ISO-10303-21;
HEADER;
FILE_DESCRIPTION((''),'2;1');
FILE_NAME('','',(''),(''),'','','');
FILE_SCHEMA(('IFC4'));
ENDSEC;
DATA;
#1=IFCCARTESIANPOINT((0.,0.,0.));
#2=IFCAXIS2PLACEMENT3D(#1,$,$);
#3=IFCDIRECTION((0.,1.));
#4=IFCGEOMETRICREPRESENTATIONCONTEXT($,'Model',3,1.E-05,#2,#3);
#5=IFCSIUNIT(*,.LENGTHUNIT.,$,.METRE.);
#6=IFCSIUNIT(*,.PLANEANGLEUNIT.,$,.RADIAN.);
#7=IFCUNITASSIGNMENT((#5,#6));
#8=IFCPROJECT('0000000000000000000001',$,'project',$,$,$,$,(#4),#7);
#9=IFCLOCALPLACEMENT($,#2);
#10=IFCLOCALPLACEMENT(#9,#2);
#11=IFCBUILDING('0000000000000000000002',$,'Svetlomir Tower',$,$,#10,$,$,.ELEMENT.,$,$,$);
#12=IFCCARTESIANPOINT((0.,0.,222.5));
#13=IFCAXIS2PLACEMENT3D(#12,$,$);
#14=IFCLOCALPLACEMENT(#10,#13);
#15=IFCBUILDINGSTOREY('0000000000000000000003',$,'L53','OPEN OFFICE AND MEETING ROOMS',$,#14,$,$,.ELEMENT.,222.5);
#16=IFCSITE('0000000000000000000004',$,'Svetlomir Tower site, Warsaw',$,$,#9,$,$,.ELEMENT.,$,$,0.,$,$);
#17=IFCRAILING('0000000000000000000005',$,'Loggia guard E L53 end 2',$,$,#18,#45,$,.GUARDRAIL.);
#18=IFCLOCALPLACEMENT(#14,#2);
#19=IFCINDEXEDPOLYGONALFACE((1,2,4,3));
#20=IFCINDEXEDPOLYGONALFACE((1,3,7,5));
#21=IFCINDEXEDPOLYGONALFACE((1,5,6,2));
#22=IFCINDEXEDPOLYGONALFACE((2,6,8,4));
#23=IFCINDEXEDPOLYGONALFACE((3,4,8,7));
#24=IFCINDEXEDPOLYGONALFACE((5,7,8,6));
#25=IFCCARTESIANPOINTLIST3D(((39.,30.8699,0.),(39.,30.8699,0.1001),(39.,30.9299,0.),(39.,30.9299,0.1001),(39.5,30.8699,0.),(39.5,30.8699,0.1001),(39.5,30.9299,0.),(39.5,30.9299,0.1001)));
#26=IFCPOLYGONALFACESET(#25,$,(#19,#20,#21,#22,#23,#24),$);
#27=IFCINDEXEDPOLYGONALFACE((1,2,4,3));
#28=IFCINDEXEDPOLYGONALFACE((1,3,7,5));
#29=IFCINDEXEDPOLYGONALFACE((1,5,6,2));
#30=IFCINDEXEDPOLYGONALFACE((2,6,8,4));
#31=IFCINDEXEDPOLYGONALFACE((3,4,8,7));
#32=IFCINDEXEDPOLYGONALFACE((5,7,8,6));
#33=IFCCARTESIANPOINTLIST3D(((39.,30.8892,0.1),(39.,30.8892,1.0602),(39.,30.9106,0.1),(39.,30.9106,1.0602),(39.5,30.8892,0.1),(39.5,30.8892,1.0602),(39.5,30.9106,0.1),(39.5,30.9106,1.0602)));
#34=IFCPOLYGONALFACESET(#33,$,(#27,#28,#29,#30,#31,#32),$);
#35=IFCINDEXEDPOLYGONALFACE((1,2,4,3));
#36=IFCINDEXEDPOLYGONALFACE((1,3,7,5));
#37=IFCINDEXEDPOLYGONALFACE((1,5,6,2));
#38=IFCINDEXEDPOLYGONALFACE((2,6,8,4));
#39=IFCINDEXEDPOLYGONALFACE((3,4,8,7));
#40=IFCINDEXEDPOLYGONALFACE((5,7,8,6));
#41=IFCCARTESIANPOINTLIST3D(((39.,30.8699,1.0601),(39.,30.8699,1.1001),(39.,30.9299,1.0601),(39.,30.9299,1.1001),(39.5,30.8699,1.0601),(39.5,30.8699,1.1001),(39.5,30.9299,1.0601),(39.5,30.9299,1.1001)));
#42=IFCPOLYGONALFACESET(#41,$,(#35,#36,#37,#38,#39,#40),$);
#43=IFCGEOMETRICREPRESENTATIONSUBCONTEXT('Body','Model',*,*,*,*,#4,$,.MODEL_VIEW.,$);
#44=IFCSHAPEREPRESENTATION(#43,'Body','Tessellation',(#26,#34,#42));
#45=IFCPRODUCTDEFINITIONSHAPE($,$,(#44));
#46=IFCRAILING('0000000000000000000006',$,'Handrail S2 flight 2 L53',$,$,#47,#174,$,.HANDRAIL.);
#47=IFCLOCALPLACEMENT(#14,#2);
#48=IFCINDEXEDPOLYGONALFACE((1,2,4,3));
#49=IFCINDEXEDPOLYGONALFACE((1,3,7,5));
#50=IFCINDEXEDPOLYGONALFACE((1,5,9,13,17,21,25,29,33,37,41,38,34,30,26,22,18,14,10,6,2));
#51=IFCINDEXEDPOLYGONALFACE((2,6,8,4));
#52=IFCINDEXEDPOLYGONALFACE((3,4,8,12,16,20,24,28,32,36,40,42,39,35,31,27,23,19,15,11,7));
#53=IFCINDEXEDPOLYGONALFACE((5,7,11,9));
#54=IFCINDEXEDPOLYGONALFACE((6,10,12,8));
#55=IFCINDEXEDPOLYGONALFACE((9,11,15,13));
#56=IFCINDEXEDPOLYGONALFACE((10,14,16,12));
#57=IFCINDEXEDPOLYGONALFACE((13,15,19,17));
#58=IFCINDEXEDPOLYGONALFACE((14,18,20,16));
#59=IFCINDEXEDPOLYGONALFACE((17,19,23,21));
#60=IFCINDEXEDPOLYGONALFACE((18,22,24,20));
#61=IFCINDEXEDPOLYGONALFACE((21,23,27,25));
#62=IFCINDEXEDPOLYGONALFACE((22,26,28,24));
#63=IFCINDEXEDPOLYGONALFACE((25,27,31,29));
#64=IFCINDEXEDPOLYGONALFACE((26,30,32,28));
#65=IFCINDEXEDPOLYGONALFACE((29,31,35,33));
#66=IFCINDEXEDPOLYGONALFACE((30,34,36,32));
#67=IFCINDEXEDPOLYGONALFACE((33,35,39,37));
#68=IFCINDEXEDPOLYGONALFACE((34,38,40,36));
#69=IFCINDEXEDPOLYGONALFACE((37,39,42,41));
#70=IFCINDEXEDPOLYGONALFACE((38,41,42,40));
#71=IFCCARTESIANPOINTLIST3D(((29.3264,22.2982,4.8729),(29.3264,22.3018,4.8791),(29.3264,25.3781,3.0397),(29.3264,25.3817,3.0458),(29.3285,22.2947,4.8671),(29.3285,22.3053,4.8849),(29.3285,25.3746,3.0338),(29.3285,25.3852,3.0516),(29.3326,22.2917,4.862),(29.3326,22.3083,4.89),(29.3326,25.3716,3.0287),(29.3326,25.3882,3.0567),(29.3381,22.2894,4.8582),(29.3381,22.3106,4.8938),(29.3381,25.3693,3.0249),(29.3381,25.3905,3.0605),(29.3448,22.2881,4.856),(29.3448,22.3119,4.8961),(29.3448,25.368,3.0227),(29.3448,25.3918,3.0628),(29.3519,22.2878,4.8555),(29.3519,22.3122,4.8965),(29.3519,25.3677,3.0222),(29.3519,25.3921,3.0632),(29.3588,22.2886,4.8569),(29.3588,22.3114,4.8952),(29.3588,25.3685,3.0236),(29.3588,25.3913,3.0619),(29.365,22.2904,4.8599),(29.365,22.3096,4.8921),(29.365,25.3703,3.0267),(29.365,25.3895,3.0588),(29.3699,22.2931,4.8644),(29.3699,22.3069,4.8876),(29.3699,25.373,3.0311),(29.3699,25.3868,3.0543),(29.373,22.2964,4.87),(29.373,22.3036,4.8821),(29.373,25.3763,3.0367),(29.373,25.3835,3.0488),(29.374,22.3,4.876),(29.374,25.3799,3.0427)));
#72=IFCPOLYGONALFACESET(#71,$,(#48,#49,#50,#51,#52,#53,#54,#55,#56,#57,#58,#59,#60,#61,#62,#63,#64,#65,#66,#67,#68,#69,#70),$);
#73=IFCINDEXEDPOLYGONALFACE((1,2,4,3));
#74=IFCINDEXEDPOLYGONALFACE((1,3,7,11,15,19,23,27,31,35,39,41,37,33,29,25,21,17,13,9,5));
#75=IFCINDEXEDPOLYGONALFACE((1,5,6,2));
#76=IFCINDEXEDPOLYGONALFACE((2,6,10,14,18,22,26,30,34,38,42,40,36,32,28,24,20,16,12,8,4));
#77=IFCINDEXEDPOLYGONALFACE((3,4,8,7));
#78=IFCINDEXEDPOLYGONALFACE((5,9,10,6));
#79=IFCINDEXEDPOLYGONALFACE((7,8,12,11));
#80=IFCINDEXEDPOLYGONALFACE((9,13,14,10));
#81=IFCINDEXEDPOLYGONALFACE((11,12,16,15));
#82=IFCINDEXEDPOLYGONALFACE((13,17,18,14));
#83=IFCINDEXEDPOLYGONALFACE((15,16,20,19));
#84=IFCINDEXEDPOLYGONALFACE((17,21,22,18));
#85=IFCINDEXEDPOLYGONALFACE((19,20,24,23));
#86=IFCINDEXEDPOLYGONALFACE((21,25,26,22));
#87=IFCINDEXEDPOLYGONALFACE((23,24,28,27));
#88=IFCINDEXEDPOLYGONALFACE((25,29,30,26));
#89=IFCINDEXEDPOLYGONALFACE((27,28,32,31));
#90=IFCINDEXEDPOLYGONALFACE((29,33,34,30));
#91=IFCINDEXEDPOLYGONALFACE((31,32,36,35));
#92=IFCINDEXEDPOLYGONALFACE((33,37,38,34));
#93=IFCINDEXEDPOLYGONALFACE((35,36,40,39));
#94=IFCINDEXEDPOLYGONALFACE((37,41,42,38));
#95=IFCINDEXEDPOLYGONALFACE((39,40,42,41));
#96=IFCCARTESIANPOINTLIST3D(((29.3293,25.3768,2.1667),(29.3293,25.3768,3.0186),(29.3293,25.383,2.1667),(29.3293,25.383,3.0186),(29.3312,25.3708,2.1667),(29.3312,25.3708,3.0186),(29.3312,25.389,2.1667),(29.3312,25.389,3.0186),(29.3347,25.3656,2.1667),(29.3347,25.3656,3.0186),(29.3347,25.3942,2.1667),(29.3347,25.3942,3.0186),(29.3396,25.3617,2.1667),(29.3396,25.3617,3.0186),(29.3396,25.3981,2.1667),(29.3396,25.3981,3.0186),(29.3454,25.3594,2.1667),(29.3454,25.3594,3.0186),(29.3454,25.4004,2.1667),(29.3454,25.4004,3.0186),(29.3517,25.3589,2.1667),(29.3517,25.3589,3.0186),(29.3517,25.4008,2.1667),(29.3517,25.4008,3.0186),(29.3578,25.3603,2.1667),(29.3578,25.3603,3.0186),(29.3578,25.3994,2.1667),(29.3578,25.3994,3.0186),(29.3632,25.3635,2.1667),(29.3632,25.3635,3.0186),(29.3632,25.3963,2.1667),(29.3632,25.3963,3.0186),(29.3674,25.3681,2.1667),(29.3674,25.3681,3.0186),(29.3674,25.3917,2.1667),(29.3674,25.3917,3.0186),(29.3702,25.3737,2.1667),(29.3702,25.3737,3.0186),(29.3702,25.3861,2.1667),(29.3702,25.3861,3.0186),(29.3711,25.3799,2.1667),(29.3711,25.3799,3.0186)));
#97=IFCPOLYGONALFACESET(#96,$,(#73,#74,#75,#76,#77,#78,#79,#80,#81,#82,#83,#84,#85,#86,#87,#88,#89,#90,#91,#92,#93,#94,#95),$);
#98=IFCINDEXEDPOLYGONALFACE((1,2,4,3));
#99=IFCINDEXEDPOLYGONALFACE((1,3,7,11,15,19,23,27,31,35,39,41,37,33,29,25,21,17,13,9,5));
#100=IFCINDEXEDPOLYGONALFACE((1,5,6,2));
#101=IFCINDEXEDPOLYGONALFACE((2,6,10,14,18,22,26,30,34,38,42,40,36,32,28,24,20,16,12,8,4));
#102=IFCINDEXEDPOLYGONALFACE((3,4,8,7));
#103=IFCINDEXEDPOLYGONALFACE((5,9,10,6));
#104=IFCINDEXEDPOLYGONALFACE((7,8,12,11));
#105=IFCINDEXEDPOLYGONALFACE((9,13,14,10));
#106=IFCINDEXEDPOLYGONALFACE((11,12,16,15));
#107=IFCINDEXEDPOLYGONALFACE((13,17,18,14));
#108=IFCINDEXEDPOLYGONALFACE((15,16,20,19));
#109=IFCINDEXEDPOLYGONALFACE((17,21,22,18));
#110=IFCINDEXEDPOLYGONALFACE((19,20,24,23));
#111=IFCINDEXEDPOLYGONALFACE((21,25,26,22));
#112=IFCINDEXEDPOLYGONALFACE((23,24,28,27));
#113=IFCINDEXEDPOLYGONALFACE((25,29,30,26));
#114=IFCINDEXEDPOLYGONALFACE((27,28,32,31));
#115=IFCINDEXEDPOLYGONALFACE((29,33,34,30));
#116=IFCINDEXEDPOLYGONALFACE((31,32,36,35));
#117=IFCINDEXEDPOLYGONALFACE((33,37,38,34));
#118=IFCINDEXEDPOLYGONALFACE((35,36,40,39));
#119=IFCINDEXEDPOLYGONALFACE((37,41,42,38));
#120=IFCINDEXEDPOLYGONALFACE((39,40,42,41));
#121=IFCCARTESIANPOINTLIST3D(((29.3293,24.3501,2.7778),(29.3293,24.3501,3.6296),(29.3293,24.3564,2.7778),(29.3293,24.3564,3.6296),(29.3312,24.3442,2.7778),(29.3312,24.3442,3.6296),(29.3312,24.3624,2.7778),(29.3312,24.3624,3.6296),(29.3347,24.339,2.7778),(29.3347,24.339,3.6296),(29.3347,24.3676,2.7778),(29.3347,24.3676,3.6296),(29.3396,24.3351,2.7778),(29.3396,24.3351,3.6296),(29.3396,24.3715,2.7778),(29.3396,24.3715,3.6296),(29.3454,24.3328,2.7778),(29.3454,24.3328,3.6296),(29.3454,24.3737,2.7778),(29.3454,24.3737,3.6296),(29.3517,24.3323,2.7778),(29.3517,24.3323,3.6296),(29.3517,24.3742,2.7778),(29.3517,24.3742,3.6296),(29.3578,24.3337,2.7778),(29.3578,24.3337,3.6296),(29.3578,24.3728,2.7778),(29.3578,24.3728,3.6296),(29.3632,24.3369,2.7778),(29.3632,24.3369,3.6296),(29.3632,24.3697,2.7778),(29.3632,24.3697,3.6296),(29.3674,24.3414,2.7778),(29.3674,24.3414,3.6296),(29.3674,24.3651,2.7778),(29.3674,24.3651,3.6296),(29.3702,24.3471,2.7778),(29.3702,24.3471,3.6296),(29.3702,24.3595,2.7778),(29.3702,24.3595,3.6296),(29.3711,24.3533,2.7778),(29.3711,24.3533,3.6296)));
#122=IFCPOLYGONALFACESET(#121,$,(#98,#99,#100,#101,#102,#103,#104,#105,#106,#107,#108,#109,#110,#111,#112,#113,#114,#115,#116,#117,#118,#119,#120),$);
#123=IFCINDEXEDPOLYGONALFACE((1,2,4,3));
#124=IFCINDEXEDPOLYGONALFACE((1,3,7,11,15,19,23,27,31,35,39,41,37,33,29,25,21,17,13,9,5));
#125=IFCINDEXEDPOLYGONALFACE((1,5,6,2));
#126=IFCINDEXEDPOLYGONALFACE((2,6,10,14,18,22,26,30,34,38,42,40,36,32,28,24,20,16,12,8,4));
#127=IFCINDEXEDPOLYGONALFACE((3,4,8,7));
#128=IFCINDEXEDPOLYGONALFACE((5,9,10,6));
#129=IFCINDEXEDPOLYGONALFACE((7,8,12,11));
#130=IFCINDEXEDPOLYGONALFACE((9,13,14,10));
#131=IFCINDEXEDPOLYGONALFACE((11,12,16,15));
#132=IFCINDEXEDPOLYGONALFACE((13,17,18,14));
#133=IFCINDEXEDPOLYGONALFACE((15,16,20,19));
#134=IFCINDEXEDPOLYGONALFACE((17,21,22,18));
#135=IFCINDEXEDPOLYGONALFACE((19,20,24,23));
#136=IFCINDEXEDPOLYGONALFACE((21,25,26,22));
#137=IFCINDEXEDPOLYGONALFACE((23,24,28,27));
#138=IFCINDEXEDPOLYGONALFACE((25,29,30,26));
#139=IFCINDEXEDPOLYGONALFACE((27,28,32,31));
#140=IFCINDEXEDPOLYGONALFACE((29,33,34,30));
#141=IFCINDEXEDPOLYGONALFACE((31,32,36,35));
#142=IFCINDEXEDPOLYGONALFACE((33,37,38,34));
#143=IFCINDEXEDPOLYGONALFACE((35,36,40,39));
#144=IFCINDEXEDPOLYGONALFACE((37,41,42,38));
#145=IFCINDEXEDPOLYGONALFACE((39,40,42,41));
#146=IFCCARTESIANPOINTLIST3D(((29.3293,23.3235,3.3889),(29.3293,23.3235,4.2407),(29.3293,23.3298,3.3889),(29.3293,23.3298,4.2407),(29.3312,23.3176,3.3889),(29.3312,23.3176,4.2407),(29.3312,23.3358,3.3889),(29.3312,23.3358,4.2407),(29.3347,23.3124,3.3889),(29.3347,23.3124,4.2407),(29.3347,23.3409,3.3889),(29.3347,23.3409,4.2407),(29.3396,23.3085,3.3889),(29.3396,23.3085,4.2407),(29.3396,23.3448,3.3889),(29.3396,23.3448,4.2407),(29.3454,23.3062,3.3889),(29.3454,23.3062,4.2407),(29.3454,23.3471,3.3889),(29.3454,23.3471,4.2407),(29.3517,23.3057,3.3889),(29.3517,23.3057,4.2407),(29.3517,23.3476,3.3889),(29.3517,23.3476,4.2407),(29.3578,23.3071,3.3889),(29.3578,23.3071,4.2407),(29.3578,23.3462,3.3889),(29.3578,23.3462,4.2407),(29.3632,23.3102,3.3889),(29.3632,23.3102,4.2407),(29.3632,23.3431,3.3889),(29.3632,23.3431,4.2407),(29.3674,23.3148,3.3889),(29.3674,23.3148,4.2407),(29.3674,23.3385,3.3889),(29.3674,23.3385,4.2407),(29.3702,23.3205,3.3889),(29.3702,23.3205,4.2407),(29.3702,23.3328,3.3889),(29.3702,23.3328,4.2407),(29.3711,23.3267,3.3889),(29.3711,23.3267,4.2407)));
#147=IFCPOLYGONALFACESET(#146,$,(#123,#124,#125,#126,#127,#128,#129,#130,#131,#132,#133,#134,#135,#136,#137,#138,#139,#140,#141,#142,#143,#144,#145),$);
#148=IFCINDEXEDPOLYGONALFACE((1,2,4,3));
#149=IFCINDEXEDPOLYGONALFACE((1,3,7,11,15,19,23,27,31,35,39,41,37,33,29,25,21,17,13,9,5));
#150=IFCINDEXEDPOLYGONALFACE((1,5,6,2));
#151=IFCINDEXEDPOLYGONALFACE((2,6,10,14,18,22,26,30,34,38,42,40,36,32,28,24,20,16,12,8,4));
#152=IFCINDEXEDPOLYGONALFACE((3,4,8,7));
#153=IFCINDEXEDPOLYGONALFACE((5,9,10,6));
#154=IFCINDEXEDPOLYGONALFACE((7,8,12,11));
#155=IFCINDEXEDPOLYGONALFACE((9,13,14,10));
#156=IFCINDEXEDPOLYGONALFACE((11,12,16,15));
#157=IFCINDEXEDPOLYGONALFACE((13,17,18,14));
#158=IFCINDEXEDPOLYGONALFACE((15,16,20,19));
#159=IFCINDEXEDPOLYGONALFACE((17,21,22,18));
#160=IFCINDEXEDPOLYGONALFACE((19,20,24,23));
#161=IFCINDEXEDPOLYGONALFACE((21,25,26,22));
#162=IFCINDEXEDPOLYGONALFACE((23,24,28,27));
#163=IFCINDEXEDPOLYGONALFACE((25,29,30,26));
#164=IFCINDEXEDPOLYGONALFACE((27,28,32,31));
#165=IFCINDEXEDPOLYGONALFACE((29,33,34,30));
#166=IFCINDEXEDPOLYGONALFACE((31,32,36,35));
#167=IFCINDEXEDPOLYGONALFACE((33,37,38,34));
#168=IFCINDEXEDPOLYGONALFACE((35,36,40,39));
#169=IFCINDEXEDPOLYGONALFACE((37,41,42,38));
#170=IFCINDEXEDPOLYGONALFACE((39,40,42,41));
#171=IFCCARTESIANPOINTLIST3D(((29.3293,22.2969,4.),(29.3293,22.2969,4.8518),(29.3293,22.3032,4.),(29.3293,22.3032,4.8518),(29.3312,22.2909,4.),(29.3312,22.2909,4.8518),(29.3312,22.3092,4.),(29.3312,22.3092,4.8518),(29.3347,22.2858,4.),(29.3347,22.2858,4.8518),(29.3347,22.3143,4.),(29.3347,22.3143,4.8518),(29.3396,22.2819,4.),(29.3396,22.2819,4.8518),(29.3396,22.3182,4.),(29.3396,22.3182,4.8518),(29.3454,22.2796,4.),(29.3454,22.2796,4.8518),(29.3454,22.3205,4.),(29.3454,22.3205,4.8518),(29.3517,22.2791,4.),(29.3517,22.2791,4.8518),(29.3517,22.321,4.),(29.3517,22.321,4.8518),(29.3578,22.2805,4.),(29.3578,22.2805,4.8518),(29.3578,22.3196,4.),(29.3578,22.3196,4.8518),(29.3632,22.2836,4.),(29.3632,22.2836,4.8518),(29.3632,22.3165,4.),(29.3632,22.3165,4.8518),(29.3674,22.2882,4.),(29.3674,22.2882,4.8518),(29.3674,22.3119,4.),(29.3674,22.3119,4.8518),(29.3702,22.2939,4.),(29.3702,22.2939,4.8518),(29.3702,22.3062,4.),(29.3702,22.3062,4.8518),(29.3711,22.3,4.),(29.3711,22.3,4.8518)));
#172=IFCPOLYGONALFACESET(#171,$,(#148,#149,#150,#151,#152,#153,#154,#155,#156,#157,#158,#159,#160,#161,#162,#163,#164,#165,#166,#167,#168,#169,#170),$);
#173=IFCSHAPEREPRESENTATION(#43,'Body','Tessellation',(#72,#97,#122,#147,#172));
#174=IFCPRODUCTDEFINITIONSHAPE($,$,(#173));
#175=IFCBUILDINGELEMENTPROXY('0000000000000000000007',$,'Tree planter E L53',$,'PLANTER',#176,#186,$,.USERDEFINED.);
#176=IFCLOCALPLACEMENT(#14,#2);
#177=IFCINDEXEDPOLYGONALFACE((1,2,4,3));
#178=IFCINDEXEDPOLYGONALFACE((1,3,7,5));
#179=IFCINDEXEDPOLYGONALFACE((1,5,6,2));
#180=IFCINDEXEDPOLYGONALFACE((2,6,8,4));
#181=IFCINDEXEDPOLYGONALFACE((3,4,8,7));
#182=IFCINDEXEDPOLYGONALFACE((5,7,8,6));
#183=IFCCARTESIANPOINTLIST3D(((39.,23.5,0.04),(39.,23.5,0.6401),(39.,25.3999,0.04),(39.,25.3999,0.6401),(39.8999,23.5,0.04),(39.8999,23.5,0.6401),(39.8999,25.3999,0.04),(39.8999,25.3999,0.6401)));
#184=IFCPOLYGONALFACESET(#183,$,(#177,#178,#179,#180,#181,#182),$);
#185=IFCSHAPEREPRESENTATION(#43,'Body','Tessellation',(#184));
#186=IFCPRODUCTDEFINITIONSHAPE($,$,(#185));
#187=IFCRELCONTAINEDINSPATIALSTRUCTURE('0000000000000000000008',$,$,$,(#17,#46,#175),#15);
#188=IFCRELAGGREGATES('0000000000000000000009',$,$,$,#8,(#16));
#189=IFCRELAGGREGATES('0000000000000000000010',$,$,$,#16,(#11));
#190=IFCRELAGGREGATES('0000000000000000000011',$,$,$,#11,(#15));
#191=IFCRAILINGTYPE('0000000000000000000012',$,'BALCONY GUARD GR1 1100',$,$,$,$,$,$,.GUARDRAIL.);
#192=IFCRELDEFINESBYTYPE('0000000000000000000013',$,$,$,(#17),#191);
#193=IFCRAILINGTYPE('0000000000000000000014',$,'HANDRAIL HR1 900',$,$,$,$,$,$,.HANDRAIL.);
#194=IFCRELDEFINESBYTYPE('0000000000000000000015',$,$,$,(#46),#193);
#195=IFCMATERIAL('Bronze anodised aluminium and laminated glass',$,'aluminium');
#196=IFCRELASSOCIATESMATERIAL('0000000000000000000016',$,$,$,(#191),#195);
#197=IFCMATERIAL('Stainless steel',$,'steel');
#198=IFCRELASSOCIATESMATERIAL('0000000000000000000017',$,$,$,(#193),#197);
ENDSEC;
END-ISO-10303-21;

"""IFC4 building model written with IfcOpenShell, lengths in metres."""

from ifc_helpers import new_model, si_unit, direction, frame, origin, origin_2d, place, context, subcontext, project, spatial, rectangle, circle, extrude, material, type_object, element, save


model = new_model("IFC4")

# Units and contexts
model_context = context("Model", 3, precision=1e-05, world=origin(), true_north=direction((0.0, 1.0)))
body_context = subcontext(model_context, "Body", "Model", "MODEL_VIEW")
ifc_project = project(units=[si_unit("LENGTHUNIT", "METRE"), si_unit("PLANEANGLEUNIT", "RADIAN")], contexts=[model_context])

# Site, building, storey
site_placement = place(None, origin())
site = spatial("IfcSite", under=ifc_project, at=site_placement, Name="Svetlomir Tower site, Warsaw", CompositionType="ELEMENT", RefElevation=0.0)
building_placement = place(site_placement, origin())
building = spatial("IfcBuilding", under=site, at=building_placement, Name="Svetlomir Tower", CompositionType="ELEMENT")
storey_placement = place(building_placement, frame((0.0, 0.0, 222.5)))
storey = spatial("IfcBuildingStorey", under=building, at=storey_placement, Name="L53", Description="OPEN OFFICE AND MEETING ROOMS", CompositionType="ELEMENT", Elevation=222.5)

# Railings
ifc_material_1 = material(Name="Bronze anodised aluminium and laminated glass", Category="aluminium")
railing_type_1 = type_object("IfcRailingType", Name="BALCONY GUARD GR1 1100", PredefinedType="GUARDRAIL", material=ifc_material_1)
railing_1_placement = place(storey_placement, frame((39.5, 30.8999, 0.0)))
element("IfcRailing", 1, at=railing_1_placement, inside=storey, type_object=railing_type_1, Name="Loggia guard E L53 end 2", PredefinedType="GUARDRAIL", context=body_context, shape_type="SweptSolid", body=[
    extrude(rectangle(XDim=0.0601, YDim=0.1001, at=origin_2d()), frame((0.0, 0.0, 0.05), z_axis=(-1.0, 0.0, 0.0), x_axis=(0.0, -1.0, 0.0)), (0.0, 0.0, 1.0), 0.5),
    extrude(rectangle(XDim=0.0215, YDim=0.9602, at=origin_2d()), frame((0.0, 0.0, 0.5801), z_axis=(-1.0, 0.0, 0.0), x_axis=(0.0, -1.0, 0.0)), (0.0, 0.0, 1.0), 0.5),
    extrude(rectangle(XDim=0.0601, YDim=0.04, at=origin_2d()), frame((0.0, 0.0, 1.0801), z_axis=(-1.0, 0.0, 0.0), x_axis=(0.0, -1.0, 0.0)), (0.0, 0.0, 1.0), 0.5),
])
ifc_material_2 = material(Name="Stainless steel", Category="steel")
railing_type_2 = type_object("IfcRailingType", Name="HANDRAIL HR1 900", PredefinedType="HANDRAIL", material=ifc_material_2)
railing_2_placement = place(storey_placement, frame((29.3501, 25.3799, 2.1667)))
element("IfcRailing", 2, at=railing_2_placement, inside=storey, type_object=railing_type_2, Name="Handrail S2 flight 2 L53", PredefinedType="HANDRAIL", context=body_context, shape_type="SweptSolid", body=[
    extrude(circle(Radius=0.0239, at=origin_2d()), frame((0.0, 0.0, 0.876), z_axis=(0.0, -0.859291, 0.511487), x_axis=(1.0, 0.0, 0.0)), (0.0, 0.0, 1.0), 3.5842),
    extrude(circle(Radius=0.021, at=origin_2d()), origin(), (0.0, 0.0, 1.0), 0.8518),
    extrude(circle(Radius=0.021, at=origin_2d()), frame((0.0, -1.0266, 0.6111)), (0.0, 0.0, 1.0), 0.8518),
    extrude(circle(Radius=0.021, at=origin_2d()), frame((0.0, -2.0532, 1.2222)), (0.0, 0.0, 1.0), 0.8518),
    extrude(circle(Radius=0.021, at=origin_2d()), frame((0.0, -3.0798, 1.8333)), (0.0, 0.0, 1.0), 0.8518),
])

# Building element proxy
proxy_placement = place(storey_placement, frame((39.45, 24.45, 0.04), z_axis=(0.0, 0.0, 1.0), x_axis=(1.0, 0.0, 0.0)))
element("IfcBuildingElementProxy", 3, at=proxy_placement, inside=storey, Name="Tree planter E L53", ObjectType="PLANTER", PredefinedType="USERDEFINED", context=body_context, shape_type="SweptSolid", body=[
    extrude(rectangle(XDim=0.8999, YDim=1.8999, at=origin_2d()), origin(), (0.0, 0.0, 1.0), 0.6001),
])

save(model, "model.ifc")
